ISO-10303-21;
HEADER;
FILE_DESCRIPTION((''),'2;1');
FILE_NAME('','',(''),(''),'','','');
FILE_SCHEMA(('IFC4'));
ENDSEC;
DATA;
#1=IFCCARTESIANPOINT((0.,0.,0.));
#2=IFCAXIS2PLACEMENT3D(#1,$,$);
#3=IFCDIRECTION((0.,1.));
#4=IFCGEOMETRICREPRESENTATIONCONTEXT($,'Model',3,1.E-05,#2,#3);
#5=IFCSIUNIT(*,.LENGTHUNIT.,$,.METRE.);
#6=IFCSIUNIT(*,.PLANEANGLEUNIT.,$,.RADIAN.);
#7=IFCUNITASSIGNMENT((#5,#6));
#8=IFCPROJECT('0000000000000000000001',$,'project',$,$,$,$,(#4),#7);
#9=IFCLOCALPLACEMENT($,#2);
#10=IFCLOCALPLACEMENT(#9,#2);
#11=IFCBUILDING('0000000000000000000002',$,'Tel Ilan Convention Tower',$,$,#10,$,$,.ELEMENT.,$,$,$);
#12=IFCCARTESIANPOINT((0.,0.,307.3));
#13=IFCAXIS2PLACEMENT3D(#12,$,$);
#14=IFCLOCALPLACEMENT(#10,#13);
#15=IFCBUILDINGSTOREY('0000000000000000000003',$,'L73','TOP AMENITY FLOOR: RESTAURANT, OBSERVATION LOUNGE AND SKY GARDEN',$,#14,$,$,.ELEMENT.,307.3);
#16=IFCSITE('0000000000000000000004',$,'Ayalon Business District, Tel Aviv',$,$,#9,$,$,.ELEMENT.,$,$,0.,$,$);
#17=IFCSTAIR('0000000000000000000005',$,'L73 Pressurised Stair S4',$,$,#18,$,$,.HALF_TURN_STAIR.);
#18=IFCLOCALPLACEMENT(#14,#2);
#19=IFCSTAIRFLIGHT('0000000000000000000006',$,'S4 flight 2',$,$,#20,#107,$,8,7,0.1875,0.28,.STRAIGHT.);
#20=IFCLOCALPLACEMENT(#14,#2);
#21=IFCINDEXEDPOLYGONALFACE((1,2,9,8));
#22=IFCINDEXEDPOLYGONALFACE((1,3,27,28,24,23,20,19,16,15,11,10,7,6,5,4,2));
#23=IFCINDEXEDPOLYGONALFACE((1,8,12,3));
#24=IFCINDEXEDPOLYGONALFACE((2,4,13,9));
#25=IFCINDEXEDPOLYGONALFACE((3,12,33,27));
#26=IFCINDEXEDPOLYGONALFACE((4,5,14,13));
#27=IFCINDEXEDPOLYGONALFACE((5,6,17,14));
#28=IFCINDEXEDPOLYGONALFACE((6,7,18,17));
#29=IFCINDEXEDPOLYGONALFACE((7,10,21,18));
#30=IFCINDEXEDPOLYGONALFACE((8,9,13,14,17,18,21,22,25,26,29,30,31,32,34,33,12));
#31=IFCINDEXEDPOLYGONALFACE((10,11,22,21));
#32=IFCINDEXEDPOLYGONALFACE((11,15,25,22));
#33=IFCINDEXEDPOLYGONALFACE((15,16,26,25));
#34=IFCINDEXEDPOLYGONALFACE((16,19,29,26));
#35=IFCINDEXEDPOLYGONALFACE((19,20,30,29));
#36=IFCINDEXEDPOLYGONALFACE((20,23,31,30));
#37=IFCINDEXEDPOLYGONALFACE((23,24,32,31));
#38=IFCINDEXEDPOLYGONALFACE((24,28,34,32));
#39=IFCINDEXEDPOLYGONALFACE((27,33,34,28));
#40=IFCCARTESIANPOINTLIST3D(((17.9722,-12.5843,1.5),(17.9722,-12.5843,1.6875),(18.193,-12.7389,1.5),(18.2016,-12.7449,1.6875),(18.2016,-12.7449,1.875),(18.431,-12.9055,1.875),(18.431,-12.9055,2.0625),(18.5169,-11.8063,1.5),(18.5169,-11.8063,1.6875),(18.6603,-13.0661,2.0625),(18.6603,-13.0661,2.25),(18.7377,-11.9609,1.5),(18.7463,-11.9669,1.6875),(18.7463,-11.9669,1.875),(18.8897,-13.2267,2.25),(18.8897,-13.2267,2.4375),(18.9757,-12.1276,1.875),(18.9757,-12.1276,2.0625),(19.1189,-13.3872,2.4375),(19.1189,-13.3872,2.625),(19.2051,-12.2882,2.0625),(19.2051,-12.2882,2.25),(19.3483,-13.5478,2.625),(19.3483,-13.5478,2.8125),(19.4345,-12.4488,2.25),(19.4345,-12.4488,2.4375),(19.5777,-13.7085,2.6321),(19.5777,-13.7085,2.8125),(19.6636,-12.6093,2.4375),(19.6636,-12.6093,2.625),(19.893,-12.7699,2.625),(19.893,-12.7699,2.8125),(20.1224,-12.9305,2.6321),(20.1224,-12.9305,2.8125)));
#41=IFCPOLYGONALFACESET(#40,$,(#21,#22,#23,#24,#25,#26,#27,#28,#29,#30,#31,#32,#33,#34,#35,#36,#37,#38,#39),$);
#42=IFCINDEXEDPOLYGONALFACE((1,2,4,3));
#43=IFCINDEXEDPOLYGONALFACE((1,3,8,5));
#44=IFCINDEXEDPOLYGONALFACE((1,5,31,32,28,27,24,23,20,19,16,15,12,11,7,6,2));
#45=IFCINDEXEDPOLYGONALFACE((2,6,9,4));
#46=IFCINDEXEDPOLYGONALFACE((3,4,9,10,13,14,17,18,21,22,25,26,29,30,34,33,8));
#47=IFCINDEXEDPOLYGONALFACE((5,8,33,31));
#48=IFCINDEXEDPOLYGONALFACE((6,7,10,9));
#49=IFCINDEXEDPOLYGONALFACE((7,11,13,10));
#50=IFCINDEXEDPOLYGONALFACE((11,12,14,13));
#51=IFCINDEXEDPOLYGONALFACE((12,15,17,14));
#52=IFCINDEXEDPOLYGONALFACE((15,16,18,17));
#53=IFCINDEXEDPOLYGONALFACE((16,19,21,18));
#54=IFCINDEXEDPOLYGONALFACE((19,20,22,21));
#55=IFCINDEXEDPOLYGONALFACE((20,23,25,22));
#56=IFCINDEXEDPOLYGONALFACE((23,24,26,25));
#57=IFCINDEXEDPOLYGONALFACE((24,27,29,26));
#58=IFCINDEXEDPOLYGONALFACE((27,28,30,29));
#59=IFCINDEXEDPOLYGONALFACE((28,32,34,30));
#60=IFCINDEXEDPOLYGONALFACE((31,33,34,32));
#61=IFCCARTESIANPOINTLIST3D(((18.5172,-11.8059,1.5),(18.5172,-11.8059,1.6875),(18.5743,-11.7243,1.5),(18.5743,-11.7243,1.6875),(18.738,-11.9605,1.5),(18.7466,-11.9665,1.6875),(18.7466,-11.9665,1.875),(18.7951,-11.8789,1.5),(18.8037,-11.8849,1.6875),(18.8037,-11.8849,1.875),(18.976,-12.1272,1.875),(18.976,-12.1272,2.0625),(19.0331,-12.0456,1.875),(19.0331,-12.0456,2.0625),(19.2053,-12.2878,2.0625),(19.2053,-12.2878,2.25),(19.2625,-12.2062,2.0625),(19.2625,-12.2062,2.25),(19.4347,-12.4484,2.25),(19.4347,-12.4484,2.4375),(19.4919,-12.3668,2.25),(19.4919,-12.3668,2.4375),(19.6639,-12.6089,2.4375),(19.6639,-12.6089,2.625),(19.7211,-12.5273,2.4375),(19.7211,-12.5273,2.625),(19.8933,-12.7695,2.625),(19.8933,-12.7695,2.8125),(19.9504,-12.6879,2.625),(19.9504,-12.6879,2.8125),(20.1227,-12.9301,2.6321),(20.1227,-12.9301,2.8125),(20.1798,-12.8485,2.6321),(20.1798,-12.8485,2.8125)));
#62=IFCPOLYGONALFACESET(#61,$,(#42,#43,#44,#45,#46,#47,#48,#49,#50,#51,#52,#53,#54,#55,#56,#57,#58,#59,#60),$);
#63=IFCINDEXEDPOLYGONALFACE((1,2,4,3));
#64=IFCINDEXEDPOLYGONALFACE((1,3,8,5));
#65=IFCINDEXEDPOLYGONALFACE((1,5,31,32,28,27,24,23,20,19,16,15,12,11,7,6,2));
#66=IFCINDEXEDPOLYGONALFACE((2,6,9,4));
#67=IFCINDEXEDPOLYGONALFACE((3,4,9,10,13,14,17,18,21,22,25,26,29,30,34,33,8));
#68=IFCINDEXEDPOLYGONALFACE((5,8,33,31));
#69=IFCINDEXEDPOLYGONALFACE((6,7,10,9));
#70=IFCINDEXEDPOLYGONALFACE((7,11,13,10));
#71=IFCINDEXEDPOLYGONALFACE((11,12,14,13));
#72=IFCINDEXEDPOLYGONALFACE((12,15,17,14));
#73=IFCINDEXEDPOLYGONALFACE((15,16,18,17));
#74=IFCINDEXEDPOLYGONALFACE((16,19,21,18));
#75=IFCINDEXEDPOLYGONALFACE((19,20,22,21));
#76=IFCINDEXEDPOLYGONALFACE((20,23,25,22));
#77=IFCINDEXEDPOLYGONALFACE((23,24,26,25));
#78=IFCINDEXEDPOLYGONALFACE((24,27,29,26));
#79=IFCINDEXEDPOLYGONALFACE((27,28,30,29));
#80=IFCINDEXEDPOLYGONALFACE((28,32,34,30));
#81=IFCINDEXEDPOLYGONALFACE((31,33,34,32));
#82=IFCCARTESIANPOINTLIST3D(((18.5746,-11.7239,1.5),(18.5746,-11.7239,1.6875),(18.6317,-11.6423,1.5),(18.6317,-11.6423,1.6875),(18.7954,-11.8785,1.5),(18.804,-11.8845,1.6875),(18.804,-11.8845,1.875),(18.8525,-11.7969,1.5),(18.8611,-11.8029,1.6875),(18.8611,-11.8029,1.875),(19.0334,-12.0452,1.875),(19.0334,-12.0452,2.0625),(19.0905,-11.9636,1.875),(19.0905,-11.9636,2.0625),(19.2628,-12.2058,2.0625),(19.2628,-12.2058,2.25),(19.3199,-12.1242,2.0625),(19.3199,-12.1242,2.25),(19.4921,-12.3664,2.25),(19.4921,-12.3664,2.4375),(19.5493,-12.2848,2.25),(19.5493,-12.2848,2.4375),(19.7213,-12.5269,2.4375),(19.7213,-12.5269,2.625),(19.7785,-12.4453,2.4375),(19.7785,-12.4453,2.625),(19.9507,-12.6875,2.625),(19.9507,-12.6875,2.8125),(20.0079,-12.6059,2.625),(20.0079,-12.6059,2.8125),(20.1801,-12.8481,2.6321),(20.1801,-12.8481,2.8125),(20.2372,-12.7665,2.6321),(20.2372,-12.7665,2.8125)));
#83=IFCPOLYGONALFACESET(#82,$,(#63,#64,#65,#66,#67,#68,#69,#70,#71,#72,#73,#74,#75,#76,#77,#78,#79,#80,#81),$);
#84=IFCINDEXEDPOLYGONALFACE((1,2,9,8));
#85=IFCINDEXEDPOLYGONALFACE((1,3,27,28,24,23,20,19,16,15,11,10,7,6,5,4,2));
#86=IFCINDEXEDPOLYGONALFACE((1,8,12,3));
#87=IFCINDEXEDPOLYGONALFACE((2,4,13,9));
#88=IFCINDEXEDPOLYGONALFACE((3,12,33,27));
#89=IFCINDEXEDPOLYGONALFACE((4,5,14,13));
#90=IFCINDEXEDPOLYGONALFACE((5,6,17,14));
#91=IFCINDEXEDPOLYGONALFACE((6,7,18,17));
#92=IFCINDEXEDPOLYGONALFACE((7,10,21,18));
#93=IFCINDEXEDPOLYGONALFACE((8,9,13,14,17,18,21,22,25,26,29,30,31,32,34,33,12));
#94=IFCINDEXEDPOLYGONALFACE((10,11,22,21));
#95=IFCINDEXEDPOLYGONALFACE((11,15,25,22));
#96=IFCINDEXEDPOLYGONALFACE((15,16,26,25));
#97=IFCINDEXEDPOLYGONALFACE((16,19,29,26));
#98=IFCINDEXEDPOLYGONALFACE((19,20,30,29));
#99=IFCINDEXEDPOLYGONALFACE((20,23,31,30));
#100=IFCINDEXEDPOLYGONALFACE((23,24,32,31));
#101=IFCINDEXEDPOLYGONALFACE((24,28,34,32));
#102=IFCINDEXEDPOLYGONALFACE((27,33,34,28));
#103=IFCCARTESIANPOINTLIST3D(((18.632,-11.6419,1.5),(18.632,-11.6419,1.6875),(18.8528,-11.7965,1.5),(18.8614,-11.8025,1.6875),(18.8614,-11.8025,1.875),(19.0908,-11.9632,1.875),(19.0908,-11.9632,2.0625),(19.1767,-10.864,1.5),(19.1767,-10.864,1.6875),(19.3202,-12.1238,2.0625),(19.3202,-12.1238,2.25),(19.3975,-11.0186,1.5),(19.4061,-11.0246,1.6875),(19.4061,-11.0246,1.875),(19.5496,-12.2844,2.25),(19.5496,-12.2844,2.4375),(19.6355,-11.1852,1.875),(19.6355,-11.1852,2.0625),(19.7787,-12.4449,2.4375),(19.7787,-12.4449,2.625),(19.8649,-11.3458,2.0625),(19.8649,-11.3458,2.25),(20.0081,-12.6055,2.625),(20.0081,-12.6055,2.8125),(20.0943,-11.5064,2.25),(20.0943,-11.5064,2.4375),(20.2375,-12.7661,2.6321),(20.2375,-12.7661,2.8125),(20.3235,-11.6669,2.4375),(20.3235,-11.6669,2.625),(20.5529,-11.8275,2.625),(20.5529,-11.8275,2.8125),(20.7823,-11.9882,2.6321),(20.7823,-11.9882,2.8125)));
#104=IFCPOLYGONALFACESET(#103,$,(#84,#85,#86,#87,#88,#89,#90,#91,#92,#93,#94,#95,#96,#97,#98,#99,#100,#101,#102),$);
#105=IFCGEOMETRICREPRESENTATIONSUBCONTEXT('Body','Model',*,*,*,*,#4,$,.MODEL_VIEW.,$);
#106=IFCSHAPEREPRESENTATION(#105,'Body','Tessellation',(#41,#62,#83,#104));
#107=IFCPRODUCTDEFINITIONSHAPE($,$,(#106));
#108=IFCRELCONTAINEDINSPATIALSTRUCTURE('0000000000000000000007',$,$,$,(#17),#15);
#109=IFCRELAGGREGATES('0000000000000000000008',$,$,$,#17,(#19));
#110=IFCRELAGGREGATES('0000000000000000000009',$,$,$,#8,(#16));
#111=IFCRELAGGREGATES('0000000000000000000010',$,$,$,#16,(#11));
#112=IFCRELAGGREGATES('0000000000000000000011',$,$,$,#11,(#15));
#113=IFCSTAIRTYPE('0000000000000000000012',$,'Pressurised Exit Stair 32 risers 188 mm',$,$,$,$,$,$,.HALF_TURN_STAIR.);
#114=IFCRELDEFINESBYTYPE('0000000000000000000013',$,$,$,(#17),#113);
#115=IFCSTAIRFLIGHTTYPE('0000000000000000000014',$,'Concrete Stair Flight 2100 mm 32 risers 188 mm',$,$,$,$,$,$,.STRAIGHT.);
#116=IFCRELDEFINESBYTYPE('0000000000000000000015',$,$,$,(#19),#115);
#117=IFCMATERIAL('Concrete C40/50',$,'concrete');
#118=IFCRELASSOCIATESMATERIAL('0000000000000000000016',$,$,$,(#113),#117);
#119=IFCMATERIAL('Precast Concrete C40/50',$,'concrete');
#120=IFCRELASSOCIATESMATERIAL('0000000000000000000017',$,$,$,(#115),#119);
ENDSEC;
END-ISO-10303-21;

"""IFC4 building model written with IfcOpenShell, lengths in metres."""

from ifc_helpers import new_model, si_unit, direction, frame, origin, place, context, subcontext, project, spatial, polyline, outline, extrude, material, type_object, element, aggregate, save


model = new_model("IFC4")

# Units and contexts
model_context = context("Model", 3, precision=1e-05, world=origin(), true_north=direction((0.0, 1.0)))
body_context = subcontext(model_context, "Body", "Model", "MODEL_VIEW")
ifc_project = project(units=[si_unit("LENGTHUNIT", "METRE"), si_unit("PLANEANGLEUNIT", "RADIAN")], contexts=[model_context])

# Site, building, storey
site_placement = place(None, origin())
site = spatial("IfcSite", under=ifc_project, at=site_placement, Name="Ayalon Business District, Tel Aviv", CompositionType="ELEMENT", RefElevation=0.0)
building_placement = place(site_placement, origin())
building = spatial("IfcBuilding", under=site, at=building_placement, Name="Tel Ilan Convention Tower", CompositionType="ELEMENT")
storey_placement = place(building_placement, frame((0.0, 0.0, 307.3)))
storey = spatial("IfcBuildingStorey", under=building, at=storey_placement, Name="L73", Description="TOP AMENITY FLOOR: RESTAURANT, OBSERVATION LOUNGE AND SKY GARDEN", CompositionType="ELEMENT", Elevation=307.3)

# Stair, stair flight
ifc_material_1 = material(Name="Concrete C40/50", Category="concrete")
stair_type = type_object("IfcStairType", Name="Pressurised Exit Stair 32 risers 188 mm", PredefinedType="HALF_TURN_STAIR", material=ifc_material_1)
stair_placement = place(storey_placement, origin())
stair = element("IfcStair", 1, at=stair_placement, inside=storey, type_object=stair_type, Name="L73 Pressurised Stair S4", PredefinedType="HALF_TURN_STAIR")
ifc_material_2 = material(Name="Precast Concrete C40/50", Category="concrete")
stair_flight_type = type_object("IfcStairFlightType", Name="Concrete Stair Flight 2100 mm 32 risers 188 mm", PredefinedType="STRAIGHT", material=ifc_material_2)
stair_flight_1_placement = place(storey_placement, frame((18.5745, -11.7241, 1.5), z_axis=(0.0, 0.0, 1.0), x_axis=(0.819152, -0.573576, 0.0)))
stair_flight_1 = element("IfcStairFlight", 2, at=stair_flight_1_placement, type_object=stair_flight_type, Name="S4 flight 2", NumberOfRisers=8, NumberOfTreads=7, PredefinedType="STRAIGHT", RiserHeight=0.1875, TreadLength=0.28, context=body_context, shape_type="SweptSolid", body=[
    extrude(outline(polyline([(0.0, 0.0), (0.0, 0.1875), (0.28, 0.1875), (0.28, 0.375), (0.5601, 0.375), (0.5601, 0.5625), (0.8401, 0.5625), (0.8401, 0.75), (1.1201, 0.75), (1.1201, 0.9375), (1.3999, 0.9375), (1.3999, 1.125), (1.6799, 1.125), (1.6799, 1.3125), (1.96, 1.3125), (1.96, 1.5), (1.96, 1.1321), (0.2695, 0.0), (0.0, 0.0)])), frame((0.0, -0.1003, 0.0), z_axis=(0.0, -1.0, 0.0), x_axis=(1.0, 0.0, 0.0)), (0.0, 0.0, 1.0), 0.9497),
    extrude(outline(polyline([(0.0, 0.0), (0.0, 0.1875), (0.28, 0.1875), (0.28, 0.375), (0.5601, 0.375), (0.5601, 0.5625), (0.8401, 0.5625), (0.8401, 0.75), (1.1201, 0.75), (1.1201, 0.9375), (1.3999, 0.9375), (1.3999, 1.125), (1.6799, 1.125), (1.6799, 1.3125), (1.96, 1.3125), (1.96, 1.5), (1.96, 1.1321), (0.2695, 0.0), (0.0, 0.0)])), frame((0.0, -0.0002, 0.0), z_axis=(0.0, -1.0, 0.0), x_axis=(1.0, 0.0, 0.0)), (0.0, 0.0, 1.0), 0.0996),
    extrude(outline(polyline([(0.0, 0.0), (0.0, 0.1875), (0.28, 0.1875), (0.28, 0.375), (0.5601, 0.375), (0.5601, 0.5625), (0.8401, 0.5625), (0.8401, 0.75), (1.1201, 0.75), (1.1201, 0.9375), (1.3999, 0.9375), (1.3999, 1.125), (1.6799, 1.125), (1.6799, 1.3125), (1.96, 1.3125), (1.96, 1.5), (1.96, 1.1321), (0.2695, 0.0), (0.0, 0.0)])), frame((0.0, 0.0999, 0.0), z_axis=(0.0, -1.0, 0.0), x_axis=(1.0, 0.0, 0.0)), (0.0, 0.0, 1.0), 0.0996),
    extrude(outline(polyline([(0.0, 0.0), (0.0, 0.1875), (0.28, 0.1875), (0.28, 0.375), (0.5601, 0.375), (0.5601, 0.5625), (0.8401, 0.5625), (0.8401, 0.75), (1.1201, 0.75), (1.1201, 0.9375), (1.3999, 0.9375), (1.3999, 1.125), (1.6799, 1.125), (1.6799, 1.3125), (1.96, 1.3125), (1.96, 1.5), (1.96, 1.1321), (0.2695, 0.0), (0.0, 0.0)])), frame((0.0, 1.05, 0.0), z_axis=(0.0, -1.0, 0.0), x_axis=(1.0, 0.0, 0.0)), (0.0, 0.0, 1.0), 0.9497),
])
aggregate(stair, [stair_flight_1])

save(model, "model.ifc")
